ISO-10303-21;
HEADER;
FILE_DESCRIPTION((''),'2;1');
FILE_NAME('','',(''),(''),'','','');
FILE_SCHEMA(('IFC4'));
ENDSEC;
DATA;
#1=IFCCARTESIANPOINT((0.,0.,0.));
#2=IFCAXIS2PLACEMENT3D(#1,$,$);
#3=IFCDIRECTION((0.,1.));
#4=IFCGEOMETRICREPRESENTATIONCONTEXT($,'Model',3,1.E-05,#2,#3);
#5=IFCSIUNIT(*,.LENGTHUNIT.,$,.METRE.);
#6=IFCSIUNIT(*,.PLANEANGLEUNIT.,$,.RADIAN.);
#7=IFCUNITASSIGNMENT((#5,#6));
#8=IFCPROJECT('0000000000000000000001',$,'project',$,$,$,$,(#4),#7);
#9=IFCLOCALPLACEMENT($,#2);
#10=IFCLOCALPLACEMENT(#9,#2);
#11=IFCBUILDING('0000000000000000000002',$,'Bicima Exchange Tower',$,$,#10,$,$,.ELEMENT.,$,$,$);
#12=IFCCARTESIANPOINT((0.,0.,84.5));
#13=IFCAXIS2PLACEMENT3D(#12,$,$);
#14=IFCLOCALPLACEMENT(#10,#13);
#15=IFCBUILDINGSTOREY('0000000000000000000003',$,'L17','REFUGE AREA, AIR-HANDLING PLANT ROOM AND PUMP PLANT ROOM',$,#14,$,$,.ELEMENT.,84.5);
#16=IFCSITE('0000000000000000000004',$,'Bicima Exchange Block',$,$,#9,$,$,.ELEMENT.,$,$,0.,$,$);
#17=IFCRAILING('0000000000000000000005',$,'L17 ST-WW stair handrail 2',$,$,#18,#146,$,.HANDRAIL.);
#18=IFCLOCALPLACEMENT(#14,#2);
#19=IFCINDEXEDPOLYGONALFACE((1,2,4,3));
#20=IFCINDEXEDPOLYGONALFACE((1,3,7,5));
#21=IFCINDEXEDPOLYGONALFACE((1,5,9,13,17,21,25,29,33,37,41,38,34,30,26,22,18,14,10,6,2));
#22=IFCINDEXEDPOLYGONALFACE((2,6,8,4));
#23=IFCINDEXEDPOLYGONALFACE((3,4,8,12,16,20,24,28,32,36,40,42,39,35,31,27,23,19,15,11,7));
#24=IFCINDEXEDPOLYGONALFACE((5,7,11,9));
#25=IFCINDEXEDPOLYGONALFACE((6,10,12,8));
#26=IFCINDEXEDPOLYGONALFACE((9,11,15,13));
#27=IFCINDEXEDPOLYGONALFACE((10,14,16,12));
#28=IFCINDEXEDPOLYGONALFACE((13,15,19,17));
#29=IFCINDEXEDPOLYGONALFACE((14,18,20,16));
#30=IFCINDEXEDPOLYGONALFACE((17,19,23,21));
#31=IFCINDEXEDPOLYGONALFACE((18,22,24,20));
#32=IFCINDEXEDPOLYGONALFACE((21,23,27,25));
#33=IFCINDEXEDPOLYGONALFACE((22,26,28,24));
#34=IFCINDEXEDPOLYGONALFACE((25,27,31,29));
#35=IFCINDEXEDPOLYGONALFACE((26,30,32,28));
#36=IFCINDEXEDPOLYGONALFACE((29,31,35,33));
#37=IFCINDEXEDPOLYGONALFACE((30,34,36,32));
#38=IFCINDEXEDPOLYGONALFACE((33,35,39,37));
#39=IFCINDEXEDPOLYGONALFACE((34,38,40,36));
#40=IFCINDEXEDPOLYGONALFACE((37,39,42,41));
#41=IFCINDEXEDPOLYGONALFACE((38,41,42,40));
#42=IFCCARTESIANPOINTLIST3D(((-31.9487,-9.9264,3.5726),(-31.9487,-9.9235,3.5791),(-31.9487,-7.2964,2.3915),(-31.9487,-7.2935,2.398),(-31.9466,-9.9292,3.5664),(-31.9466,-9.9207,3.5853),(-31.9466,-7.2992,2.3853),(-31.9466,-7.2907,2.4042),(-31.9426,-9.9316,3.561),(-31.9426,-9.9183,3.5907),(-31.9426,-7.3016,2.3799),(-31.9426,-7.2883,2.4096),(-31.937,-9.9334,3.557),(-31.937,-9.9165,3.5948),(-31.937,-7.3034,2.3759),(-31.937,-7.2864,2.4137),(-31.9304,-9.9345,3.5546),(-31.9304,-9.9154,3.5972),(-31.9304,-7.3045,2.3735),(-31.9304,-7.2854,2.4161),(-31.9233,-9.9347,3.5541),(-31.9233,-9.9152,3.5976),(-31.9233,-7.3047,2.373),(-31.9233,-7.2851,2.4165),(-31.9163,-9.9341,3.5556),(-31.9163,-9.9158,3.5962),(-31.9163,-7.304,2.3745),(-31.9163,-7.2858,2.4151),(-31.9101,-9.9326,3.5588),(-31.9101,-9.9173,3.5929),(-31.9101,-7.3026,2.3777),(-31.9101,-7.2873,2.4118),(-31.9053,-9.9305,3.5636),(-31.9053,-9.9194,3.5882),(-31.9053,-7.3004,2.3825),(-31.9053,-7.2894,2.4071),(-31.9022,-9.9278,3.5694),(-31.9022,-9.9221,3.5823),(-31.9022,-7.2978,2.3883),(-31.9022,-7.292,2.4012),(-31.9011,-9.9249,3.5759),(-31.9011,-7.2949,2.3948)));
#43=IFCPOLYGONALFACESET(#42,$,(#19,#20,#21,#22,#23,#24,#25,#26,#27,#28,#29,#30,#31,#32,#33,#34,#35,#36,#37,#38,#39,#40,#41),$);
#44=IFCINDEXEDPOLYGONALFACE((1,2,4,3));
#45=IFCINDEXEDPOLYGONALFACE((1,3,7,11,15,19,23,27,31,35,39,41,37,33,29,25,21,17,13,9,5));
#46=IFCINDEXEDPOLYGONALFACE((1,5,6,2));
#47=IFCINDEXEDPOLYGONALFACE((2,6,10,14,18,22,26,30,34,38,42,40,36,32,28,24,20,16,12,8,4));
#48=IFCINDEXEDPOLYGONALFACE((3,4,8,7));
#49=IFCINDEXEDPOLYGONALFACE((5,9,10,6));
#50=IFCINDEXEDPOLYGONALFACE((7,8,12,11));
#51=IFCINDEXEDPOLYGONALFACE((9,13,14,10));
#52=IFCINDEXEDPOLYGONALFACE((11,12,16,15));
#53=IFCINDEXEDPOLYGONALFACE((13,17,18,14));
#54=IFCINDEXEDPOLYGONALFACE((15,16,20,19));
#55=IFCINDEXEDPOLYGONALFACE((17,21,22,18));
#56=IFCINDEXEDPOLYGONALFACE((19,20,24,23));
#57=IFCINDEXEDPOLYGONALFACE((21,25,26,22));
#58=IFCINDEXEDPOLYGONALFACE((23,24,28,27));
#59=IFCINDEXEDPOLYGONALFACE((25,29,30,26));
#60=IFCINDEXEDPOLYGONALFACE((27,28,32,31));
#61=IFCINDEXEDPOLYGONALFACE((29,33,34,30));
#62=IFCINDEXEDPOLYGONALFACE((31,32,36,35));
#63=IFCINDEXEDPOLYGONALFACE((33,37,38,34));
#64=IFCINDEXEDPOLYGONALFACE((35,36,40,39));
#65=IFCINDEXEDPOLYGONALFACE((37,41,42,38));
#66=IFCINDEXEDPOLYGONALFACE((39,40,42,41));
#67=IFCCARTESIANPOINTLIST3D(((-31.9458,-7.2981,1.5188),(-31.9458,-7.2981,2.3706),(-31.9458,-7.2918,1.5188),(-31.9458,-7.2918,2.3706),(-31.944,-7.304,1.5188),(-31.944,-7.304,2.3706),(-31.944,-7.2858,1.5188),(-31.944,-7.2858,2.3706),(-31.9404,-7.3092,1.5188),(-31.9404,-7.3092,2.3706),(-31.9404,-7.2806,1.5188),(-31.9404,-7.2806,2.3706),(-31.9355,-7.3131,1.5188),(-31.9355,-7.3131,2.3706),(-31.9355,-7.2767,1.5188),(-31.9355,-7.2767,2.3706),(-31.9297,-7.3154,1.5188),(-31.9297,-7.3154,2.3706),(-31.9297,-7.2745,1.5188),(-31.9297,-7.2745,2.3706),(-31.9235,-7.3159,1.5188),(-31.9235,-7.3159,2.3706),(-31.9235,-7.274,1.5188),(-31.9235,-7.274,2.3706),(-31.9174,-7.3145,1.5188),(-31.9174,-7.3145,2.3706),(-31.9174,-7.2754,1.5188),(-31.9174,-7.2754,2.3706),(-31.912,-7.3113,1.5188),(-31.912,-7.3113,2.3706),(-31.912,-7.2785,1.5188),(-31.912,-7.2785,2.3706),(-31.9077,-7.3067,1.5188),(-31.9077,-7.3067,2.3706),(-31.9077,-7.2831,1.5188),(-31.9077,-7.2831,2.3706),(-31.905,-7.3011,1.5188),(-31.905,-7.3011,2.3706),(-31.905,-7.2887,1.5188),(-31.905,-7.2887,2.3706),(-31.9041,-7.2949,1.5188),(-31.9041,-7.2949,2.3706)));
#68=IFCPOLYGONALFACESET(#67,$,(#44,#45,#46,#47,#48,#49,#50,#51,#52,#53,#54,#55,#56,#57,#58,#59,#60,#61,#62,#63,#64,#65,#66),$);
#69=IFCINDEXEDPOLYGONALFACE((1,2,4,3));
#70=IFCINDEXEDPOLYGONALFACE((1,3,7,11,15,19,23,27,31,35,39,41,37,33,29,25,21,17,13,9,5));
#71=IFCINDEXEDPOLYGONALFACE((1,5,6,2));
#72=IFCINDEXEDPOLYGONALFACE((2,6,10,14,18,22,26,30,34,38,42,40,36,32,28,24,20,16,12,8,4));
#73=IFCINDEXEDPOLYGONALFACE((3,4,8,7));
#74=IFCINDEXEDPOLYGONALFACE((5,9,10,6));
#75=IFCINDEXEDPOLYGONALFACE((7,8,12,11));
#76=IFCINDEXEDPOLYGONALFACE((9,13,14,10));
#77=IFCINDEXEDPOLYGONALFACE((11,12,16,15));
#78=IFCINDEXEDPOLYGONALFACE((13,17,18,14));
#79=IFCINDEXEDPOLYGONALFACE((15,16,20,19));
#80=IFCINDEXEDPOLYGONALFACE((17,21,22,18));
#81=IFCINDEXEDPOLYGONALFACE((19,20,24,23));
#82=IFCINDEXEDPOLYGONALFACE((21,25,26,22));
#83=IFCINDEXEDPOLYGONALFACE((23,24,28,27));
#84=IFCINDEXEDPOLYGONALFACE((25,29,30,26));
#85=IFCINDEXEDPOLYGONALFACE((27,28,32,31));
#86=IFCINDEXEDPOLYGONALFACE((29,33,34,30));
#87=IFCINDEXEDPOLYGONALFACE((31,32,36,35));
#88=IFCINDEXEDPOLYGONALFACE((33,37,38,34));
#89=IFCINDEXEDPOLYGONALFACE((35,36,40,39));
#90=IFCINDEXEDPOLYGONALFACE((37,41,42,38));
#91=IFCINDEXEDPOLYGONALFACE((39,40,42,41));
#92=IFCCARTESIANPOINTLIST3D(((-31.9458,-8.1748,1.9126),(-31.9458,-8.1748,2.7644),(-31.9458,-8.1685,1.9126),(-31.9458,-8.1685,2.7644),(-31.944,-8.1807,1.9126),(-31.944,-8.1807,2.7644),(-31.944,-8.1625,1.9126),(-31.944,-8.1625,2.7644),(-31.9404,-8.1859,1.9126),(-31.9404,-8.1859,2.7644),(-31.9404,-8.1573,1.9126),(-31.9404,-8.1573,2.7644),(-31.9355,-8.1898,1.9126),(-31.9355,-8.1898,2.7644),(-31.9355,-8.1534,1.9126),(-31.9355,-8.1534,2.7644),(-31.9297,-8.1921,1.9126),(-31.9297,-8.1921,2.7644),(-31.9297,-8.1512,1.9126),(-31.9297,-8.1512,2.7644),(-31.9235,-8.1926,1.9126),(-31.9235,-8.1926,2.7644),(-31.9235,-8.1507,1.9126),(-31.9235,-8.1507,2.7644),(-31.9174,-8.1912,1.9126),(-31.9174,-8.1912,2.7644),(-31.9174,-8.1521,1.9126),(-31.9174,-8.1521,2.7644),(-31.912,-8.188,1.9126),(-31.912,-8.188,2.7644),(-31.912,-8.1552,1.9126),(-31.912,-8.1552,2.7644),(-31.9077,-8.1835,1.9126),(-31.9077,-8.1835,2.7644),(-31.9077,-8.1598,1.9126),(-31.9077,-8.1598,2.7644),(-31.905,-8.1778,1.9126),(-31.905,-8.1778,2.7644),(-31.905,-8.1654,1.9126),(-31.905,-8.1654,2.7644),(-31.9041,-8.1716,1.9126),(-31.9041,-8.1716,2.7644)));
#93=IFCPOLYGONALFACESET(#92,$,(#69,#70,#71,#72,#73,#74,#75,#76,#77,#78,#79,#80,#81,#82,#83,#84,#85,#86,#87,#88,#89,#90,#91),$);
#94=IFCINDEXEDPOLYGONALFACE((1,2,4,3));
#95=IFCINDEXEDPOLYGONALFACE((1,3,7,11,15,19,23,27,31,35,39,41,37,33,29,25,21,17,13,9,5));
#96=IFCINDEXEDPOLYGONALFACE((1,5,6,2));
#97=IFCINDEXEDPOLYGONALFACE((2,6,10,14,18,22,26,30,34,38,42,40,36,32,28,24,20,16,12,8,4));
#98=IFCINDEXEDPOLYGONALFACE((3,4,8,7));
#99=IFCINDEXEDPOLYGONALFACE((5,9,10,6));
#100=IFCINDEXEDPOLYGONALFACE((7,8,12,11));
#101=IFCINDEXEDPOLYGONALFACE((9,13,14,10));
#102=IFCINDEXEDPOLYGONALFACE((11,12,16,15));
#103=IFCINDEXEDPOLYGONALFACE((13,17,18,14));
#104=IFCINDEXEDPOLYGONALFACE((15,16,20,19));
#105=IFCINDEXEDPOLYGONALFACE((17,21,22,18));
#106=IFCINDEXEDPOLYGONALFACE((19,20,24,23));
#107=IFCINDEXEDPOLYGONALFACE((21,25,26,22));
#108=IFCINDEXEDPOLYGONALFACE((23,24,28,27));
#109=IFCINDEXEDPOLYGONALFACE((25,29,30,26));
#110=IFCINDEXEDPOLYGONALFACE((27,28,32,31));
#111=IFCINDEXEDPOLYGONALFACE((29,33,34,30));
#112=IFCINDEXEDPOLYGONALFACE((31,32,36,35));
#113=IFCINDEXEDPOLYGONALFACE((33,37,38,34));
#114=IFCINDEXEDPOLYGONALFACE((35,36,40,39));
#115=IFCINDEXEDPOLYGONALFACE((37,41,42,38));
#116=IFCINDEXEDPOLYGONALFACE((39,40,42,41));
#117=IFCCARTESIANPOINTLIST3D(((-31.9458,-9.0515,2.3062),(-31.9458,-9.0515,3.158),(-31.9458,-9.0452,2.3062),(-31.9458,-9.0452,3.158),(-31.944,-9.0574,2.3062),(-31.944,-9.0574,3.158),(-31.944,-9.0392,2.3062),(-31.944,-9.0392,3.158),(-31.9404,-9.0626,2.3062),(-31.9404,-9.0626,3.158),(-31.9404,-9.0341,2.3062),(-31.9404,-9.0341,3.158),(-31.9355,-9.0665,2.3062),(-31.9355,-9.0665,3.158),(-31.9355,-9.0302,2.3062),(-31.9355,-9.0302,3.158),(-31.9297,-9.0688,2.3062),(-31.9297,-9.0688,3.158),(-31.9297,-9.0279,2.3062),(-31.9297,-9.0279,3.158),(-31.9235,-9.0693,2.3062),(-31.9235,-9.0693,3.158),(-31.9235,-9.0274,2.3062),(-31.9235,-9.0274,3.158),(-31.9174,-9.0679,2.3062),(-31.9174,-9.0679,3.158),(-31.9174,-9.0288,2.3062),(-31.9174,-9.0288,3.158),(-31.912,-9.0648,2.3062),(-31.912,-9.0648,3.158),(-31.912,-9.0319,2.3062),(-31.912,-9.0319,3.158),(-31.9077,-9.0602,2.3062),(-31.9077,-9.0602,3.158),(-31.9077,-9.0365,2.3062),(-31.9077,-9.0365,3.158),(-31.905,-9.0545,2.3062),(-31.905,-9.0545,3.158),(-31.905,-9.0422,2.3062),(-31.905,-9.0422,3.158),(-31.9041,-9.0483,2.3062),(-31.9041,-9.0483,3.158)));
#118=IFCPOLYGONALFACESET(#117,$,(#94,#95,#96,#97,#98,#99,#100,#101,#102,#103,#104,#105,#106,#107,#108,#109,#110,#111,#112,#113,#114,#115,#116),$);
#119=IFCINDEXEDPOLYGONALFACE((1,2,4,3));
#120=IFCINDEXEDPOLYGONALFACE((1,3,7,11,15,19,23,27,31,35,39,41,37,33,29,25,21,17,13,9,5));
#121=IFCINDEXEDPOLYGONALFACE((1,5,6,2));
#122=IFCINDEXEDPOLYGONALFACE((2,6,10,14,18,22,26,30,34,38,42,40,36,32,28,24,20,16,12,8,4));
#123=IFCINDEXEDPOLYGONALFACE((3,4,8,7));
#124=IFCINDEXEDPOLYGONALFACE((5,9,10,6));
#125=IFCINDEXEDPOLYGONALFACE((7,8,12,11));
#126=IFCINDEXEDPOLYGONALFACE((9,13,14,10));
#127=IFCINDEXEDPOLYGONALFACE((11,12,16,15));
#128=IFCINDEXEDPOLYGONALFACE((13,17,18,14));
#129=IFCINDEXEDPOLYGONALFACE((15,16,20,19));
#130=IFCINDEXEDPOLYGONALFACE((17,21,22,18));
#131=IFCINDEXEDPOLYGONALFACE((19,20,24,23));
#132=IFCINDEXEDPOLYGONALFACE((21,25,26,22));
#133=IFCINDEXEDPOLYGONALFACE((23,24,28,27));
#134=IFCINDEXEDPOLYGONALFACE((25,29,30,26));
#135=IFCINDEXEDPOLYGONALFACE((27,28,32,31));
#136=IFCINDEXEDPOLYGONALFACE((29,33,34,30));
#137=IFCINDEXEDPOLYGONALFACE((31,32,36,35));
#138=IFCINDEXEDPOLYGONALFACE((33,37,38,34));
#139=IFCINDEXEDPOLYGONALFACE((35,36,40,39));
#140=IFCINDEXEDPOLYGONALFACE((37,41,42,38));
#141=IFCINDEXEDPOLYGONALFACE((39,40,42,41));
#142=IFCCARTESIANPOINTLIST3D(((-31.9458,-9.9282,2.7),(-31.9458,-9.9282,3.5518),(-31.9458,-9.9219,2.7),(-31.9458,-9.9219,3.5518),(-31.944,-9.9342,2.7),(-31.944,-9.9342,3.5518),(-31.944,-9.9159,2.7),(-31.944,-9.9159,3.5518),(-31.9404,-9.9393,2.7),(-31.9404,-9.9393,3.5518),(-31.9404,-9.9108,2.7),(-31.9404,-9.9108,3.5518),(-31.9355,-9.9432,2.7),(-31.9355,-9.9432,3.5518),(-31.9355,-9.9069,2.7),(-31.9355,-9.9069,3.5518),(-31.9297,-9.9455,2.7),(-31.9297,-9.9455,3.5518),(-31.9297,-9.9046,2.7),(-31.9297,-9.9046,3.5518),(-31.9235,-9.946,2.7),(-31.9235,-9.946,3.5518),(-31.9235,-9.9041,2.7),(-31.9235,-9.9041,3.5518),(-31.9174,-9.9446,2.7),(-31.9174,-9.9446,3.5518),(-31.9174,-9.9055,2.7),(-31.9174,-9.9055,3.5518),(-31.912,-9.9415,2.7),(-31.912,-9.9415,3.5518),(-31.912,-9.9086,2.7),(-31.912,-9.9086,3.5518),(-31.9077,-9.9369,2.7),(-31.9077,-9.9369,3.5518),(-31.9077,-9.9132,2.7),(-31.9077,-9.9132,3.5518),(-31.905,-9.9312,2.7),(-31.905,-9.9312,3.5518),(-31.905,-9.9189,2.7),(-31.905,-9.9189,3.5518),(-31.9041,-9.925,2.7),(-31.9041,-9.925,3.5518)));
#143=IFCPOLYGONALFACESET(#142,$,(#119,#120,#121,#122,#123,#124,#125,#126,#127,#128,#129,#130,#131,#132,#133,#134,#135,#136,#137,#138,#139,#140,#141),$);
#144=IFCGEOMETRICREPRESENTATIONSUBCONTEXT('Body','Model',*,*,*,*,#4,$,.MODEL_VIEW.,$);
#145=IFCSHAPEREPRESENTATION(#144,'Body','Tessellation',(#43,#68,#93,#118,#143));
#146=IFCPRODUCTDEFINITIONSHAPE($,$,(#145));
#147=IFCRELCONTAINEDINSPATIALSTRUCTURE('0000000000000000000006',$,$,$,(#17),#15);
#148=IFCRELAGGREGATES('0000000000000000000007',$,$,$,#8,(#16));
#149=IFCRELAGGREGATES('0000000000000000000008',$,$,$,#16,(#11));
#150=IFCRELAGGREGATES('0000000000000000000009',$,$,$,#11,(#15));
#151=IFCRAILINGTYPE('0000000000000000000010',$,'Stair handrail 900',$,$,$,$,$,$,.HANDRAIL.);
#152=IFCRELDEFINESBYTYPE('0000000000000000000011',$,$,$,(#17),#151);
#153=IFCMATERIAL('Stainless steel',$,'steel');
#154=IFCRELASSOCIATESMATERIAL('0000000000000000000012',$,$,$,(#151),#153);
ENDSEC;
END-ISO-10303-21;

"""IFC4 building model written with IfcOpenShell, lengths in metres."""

from ifc_helpers import new_model, si_unit, direction, frame, origin, origin_2d, place, context, subcontext, project, spatial, circle, extrude, material, type_object, element, save


model = new_model("IFC4")

# Units and contexts
model_context = context("Model", 3, precision=1e-05, world=origin(), true_north=direction((0.0, 1.0)))
body_context = subcontext(model_context, "Body", "Model", "MODEL_VIEW")
ifc_project = project(units=[si_unit("LENGTHUNIT", "METRE"), si_unit("PLANEANGLEUNIT", "RADIAN")], contexts=[model_context])

# Site, building, storey
site_placement = place(None, origin())
site = spatial("IfcSite", under=ifc_project, at=site_placement, Name="Bicima Exchange Block", CompositionType="ELEMENT", RefElevation=0.0)
building_placement = place(site_placement, origin())
building = spatial("IfcBuilding", under=site, at=building_placement, Name="Bicima Exchange Tower", CompositionType="ELEMENT")
storey_placement = place(building_placement, frame((0.0, 0.0, 84.5)))
storey = spatial("IfcBuildingStorey", under=building, at=storey_placement, Name="L17", Description="REFUGE AREA, AIR-HANDLING PLANT ROOM AND PUMP PLANT ROOM", CompositionType="ELEMENT", Elevation=84.5)

# Railing
ifc_material_1 = material(Name="Stainless steel", Category="steel")
railing_type_1 = type_object("IfcRailingType", Name="Stair handrail 900", PredefinedType="HANDRAIL", material=ifc_material_1)
railing_1_placement = place(storey_placement, frame((-31.925, -7.2949, 1.5188)))
element("IfcRailing", 1, at=railing_1_placement, inside=storey, type_object=railing_type_1, Name="L17 ST-WW stair handrail 2", PredefinedType="HANDRAIL", context=body_context, shape_type="SweptSolid", body=[
    extrude(circle(Radius=0.0239, at=origin_2d()), frame((0.0, 0.0, 0.876), z_axis=(0.0, -0.912233, 0.409671), x_axis=(1.0, 0.0, 0.0)), (0.0, 0.0, 1.0), 2.8831),
    extrude(circle(Radius=0.021, at=origin_2d()), origin(), (0.0, 0.0, 1.0), 0.8518),
    extrude(circle(Radius=0.021, at=origin_2d()), frame((0.0, -0.8767, 0.3938)), (0.0, 0.0, 1.0), 0.8518),
    extrude(circle(Radius=0.021, at=origin_2d()), frame((0.0, -1.7534, 0.7874)), (0.0, 0.0, 1.0), 0.8518),
    extrude(circle(Radius=0.021, at=origin_2d()), frame((0.0, -2.6301, 1.1812)), (0.0, 0.0, 1.0), 0.8518),
])

save(model, "model.ifc")
